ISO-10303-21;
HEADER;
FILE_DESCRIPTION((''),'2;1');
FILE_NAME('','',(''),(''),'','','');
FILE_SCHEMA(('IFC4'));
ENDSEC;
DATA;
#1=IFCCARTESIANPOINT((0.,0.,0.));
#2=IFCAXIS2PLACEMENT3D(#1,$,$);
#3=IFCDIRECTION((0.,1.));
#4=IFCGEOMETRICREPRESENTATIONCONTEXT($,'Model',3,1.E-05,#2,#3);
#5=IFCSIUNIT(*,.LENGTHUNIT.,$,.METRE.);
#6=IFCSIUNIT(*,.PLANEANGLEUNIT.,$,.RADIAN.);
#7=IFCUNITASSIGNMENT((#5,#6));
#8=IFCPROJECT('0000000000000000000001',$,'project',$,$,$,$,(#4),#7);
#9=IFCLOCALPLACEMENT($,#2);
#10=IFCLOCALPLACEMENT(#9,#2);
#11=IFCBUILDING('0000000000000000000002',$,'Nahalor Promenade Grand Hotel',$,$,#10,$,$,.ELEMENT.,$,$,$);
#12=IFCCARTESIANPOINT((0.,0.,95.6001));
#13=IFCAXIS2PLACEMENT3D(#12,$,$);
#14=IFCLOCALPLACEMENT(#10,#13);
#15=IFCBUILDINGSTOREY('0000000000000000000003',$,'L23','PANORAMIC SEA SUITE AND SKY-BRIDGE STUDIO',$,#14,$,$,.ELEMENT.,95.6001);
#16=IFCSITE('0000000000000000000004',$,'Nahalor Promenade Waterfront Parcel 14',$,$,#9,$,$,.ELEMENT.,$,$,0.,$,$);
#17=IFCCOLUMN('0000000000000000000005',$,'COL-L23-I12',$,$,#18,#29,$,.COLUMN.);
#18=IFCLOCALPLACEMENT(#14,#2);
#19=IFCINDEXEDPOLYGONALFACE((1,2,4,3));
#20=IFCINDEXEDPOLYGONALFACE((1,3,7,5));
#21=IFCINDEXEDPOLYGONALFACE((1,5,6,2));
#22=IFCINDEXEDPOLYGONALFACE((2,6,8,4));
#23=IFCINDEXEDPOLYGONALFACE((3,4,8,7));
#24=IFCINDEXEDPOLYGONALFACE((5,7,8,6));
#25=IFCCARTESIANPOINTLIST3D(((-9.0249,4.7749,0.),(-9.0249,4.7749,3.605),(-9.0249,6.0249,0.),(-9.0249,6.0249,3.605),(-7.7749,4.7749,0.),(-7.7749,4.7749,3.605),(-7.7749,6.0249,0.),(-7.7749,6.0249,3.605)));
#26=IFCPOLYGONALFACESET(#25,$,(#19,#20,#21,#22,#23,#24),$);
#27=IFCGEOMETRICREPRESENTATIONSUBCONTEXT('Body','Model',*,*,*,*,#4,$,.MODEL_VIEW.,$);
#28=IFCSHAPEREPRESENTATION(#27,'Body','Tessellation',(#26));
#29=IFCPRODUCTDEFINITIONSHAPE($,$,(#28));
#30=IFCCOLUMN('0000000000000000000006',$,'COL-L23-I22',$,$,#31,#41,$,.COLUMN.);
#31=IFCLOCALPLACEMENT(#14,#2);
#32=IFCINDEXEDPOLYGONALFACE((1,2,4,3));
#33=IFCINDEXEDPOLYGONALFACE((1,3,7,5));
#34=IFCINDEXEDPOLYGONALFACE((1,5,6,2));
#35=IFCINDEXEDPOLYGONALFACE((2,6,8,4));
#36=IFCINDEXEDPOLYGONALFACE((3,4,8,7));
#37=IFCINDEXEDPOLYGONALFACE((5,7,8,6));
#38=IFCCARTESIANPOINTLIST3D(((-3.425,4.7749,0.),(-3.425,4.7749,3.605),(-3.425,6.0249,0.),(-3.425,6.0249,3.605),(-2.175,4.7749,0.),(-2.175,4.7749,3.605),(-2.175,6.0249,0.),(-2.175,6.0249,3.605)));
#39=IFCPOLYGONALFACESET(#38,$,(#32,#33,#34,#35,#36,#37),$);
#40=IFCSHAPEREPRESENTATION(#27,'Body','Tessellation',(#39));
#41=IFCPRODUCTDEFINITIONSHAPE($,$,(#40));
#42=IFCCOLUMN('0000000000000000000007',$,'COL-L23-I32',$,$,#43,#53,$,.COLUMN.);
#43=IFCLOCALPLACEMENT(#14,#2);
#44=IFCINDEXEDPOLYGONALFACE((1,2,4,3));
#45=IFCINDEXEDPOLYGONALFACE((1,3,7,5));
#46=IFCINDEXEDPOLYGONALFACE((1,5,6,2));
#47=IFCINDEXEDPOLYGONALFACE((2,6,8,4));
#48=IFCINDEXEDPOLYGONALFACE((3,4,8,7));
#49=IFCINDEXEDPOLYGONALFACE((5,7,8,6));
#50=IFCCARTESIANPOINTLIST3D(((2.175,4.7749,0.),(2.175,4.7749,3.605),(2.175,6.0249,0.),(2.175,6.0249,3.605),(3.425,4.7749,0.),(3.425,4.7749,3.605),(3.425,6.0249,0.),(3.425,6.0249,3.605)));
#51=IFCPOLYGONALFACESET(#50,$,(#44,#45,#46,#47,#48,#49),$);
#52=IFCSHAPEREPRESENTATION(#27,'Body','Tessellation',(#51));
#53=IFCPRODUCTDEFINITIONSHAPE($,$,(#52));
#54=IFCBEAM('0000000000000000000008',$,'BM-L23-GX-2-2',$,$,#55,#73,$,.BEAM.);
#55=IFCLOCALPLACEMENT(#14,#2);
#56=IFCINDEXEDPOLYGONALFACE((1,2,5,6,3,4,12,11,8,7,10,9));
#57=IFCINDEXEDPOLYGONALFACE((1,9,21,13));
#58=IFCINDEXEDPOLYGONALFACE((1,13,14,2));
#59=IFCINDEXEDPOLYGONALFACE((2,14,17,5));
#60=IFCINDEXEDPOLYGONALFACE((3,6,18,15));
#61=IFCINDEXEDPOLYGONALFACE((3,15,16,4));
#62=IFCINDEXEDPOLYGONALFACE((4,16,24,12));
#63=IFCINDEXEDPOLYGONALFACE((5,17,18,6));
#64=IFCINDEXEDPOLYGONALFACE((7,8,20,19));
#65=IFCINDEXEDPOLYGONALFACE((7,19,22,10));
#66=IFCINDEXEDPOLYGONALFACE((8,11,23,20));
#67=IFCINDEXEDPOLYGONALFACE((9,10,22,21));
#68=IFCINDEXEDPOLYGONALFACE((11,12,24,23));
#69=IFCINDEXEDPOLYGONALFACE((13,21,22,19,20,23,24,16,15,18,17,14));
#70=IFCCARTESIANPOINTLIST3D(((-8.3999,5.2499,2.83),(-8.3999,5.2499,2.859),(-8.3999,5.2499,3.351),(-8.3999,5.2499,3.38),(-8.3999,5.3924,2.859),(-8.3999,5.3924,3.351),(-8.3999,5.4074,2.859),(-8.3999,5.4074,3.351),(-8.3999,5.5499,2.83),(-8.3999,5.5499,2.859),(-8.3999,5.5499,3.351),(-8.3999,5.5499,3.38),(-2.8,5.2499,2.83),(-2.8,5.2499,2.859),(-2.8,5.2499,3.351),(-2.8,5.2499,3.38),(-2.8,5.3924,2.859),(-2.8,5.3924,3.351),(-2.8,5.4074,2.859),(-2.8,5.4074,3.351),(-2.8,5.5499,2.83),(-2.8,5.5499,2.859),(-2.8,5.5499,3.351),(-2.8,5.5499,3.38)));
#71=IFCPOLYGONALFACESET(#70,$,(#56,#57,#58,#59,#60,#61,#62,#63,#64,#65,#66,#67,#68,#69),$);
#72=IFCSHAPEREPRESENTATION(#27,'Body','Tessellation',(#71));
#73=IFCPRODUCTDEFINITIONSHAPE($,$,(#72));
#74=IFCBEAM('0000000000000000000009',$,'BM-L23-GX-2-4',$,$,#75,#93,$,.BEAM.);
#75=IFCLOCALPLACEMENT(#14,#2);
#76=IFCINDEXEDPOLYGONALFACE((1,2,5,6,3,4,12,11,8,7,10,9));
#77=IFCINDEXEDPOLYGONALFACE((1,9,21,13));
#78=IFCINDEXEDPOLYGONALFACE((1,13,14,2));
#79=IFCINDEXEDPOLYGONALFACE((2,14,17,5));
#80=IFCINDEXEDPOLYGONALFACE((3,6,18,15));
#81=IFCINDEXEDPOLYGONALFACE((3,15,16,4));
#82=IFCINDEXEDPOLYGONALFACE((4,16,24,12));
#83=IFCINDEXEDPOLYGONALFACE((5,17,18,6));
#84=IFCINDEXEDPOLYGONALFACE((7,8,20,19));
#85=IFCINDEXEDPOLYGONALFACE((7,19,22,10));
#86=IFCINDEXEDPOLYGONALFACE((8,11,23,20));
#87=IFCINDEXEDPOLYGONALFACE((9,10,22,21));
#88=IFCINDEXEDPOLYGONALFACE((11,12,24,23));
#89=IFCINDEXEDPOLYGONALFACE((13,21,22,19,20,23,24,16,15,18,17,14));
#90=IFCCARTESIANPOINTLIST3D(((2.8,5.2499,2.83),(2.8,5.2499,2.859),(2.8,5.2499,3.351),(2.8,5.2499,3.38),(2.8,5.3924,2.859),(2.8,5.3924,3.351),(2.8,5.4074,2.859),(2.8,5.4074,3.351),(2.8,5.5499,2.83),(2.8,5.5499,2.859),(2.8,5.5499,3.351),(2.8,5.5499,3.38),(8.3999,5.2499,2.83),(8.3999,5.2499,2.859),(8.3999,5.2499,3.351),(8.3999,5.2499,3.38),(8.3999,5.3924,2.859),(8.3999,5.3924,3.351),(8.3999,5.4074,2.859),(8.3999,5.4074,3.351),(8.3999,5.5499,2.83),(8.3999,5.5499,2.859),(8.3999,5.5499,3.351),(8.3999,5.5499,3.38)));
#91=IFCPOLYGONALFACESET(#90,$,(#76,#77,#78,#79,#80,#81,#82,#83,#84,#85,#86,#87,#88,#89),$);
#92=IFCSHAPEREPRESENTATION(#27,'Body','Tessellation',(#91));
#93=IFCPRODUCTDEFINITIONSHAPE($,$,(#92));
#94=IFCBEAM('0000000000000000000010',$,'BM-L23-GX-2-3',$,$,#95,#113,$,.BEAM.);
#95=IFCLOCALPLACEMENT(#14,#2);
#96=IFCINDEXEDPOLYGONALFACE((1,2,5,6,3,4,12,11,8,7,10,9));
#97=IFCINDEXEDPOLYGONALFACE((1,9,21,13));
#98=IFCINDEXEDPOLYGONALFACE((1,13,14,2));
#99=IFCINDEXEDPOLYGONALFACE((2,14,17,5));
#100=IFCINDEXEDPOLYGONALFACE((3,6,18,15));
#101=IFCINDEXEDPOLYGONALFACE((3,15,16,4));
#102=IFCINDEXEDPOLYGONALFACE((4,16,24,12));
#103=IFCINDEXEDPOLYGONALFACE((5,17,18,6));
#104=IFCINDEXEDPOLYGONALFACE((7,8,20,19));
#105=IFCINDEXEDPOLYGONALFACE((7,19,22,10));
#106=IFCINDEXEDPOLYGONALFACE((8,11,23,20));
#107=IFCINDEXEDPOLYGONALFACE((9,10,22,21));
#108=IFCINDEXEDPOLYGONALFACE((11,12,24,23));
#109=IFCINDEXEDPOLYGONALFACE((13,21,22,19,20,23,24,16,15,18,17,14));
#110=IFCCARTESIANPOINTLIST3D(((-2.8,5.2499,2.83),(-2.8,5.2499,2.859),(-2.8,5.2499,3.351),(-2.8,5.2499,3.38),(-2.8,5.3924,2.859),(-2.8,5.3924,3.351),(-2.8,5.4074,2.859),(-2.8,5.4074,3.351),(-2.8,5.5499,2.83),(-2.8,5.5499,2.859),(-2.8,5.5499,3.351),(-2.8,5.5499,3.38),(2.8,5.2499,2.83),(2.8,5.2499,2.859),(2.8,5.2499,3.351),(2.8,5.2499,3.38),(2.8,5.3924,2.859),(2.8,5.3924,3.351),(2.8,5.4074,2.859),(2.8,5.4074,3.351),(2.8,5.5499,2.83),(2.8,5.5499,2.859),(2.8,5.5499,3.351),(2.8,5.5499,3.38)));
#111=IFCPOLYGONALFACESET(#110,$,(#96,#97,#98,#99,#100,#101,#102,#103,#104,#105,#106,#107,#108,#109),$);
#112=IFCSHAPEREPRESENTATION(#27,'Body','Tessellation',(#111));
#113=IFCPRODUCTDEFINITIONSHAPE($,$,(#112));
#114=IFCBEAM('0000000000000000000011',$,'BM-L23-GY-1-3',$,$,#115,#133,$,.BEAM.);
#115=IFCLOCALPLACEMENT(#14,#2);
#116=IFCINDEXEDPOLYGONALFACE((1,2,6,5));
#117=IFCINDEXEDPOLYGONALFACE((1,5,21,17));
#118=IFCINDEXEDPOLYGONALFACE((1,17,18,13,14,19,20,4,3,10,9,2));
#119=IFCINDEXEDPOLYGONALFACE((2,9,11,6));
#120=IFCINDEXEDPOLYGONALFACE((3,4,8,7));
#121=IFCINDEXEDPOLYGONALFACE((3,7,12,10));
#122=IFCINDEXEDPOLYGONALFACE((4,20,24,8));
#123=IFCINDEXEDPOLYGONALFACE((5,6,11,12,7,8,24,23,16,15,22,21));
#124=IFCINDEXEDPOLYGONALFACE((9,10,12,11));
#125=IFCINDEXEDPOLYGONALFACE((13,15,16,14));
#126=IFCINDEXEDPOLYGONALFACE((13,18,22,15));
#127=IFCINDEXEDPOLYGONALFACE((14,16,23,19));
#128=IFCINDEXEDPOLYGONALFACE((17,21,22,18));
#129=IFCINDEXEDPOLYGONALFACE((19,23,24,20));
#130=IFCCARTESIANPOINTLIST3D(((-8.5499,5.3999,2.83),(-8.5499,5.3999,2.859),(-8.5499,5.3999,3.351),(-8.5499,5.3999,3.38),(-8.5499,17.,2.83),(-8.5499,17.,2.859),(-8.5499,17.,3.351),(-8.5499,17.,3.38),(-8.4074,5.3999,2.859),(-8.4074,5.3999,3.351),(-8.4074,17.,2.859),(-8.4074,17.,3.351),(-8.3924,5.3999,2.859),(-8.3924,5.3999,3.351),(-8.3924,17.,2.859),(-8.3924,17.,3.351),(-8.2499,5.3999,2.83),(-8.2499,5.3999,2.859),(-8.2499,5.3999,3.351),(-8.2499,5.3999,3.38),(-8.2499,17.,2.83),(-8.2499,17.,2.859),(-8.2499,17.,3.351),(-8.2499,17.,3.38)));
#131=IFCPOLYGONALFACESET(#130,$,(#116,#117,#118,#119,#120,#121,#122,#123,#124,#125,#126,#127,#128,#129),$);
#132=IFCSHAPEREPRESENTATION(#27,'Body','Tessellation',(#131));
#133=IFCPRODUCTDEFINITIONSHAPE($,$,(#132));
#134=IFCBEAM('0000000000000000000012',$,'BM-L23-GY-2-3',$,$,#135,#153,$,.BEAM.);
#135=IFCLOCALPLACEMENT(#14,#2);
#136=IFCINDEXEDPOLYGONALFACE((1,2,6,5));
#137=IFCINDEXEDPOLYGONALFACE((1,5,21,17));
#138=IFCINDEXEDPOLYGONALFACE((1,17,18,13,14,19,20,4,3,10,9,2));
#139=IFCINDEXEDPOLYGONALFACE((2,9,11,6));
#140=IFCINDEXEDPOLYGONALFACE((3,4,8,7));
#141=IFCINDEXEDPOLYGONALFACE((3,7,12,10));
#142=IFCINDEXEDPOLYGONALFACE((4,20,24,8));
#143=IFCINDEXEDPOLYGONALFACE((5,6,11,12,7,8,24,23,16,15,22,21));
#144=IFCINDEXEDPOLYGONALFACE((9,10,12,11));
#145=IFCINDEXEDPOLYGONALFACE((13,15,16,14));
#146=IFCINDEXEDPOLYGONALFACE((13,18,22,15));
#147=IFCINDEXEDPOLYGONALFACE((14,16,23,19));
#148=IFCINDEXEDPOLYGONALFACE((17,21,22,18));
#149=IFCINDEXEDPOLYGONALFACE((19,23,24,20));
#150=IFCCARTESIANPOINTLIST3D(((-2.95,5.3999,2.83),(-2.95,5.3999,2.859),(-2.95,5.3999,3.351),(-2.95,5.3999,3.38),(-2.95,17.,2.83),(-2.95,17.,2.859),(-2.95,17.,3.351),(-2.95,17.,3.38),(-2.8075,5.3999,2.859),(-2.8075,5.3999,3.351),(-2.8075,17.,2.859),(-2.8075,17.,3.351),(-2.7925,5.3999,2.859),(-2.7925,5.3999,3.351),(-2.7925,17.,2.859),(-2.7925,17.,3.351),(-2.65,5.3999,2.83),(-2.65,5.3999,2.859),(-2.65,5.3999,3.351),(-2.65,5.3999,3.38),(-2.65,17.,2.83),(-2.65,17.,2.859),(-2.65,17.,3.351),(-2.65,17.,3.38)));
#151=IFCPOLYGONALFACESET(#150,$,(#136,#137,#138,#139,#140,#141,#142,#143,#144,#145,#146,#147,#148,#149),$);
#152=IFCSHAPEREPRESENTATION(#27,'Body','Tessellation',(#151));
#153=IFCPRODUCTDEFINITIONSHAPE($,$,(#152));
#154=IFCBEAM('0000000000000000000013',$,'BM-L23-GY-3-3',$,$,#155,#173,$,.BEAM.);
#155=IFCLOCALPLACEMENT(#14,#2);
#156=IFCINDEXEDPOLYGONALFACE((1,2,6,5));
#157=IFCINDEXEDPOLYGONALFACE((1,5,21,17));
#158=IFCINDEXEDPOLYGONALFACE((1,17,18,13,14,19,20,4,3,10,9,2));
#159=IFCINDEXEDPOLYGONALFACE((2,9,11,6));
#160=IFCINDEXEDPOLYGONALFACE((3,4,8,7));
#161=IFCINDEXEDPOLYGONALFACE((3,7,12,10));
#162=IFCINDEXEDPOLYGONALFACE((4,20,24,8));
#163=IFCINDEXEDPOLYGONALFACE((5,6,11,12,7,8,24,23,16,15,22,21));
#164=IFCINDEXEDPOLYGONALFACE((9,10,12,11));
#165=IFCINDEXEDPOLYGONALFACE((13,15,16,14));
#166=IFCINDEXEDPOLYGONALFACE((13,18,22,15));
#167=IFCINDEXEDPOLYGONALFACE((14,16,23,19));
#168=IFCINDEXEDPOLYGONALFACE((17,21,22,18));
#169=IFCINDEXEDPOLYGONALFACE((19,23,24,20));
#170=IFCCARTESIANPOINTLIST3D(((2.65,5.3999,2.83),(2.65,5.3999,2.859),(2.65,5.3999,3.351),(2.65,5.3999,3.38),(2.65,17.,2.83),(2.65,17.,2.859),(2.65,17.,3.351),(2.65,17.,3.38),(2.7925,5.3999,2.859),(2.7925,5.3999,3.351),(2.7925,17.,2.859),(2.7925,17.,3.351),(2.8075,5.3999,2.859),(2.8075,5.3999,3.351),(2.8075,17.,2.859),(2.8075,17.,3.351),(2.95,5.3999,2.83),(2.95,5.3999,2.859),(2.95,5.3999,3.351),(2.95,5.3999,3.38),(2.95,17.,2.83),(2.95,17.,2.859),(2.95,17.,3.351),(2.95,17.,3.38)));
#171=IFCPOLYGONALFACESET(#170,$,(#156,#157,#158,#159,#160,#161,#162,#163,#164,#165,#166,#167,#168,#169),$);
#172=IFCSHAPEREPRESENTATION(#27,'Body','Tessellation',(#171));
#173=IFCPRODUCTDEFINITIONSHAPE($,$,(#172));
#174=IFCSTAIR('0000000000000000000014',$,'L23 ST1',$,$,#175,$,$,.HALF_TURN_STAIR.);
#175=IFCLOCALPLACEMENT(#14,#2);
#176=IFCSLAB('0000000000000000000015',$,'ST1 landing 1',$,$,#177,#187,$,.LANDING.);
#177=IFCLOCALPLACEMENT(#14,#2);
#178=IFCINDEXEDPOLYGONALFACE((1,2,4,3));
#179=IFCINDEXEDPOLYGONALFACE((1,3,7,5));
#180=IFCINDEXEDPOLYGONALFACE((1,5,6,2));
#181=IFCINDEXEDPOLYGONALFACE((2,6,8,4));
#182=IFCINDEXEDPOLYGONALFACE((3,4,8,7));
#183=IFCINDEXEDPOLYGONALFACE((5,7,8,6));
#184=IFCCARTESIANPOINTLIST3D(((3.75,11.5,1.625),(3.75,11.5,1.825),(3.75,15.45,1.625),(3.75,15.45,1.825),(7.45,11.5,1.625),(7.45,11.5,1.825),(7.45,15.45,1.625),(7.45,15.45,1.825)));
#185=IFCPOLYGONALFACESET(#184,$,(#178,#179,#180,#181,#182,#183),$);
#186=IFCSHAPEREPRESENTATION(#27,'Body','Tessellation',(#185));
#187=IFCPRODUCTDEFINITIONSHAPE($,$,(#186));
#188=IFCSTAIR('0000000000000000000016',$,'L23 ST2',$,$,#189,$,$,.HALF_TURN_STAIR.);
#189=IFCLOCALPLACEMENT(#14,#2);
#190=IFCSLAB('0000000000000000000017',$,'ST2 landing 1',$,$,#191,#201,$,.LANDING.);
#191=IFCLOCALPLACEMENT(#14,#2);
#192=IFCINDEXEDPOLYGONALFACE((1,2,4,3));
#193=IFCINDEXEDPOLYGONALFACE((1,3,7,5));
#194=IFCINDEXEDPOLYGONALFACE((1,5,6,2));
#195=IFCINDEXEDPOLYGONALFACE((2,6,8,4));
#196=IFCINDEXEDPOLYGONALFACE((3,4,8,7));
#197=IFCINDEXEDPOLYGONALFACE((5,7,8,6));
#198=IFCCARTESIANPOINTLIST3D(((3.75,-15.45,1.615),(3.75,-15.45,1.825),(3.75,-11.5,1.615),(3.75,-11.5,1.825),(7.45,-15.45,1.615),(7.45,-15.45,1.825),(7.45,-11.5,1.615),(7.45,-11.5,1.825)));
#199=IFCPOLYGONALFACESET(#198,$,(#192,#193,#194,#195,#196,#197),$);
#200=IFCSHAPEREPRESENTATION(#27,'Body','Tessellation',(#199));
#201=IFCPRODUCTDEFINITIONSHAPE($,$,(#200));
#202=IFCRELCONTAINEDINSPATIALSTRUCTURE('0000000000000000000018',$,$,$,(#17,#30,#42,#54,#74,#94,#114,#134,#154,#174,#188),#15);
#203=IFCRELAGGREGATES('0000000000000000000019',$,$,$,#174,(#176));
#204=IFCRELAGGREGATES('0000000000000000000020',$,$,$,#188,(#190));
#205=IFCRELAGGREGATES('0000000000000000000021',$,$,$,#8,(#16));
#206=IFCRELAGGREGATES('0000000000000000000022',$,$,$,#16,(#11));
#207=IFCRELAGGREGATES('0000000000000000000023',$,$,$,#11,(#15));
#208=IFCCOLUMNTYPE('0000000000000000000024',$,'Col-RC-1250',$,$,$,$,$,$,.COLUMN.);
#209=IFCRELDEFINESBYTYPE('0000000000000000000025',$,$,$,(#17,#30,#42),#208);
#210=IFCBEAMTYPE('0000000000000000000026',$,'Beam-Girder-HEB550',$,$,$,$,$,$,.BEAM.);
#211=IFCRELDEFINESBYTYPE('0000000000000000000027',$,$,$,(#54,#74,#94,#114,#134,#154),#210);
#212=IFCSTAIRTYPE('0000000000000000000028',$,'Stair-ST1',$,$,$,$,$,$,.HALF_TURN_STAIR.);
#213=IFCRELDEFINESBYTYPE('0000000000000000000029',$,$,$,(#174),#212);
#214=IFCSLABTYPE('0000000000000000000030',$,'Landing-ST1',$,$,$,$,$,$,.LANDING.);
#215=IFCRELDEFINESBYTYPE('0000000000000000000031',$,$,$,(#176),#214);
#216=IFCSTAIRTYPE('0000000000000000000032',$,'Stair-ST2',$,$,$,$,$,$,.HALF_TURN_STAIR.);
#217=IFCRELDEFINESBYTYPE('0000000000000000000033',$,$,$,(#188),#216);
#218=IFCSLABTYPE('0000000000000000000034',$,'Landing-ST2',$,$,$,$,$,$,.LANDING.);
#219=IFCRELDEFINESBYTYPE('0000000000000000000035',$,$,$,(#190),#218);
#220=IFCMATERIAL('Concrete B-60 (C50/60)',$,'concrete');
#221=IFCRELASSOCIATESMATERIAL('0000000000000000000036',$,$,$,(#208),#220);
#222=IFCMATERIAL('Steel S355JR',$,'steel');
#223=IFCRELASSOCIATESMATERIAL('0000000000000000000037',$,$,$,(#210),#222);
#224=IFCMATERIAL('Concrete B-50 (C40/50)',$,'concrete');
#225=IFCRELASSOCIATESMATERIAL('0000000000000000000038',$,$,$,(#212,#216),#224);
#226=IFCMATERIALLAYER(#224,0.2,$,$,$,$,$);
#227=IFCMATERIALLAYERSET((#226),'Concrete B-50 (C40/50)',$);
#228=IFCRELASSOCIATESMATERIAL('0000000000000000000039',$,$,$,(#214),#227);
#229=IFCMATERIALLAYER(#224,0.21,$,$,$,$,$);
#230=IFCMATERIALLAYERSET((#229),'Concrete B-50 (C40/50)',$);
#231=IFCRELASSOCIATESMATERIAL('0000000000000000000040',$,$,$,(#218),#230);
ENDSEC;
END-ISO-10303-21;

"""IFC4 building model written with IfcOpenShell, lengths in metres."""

from ifc_helpers import new_model, si_unit, direction, frame, origin, origin_2d, place, context, subcontext, project, spatial, polyline, rectangle, i_section, outline, extrude, source, transform, mapped, material, layer, layer_set, material_profile, profile_set, type_object, element, aggregate, save


model = new_model("IFC4")

# Units and contexts
model_context = context("Model", 3, precision=1e-05, world=origin(), true_north=direction((0.0, 1.0)))
body_context = subcontext(model_context, "Body", "Model", "MODEL_VIEW")
ifc_project = project(units=[si_unit("LENGTHUNIT", "METRE"), si_unit("PLANEANGLEUNIT", "RADIAN")], contexts=[model_context])

# Site, building, storey
site_placement = place(None, origin())
site = spatial("IfcSite", under=ifc_project, at=site_placement, Name="Nahalor Promenade Waterfront Parcel 14", CompositionType="ELEMENT", RefElevation=0.0)
building_placement = place(site_placement, origin())
building = spatial("IfcBuilding", under=site, at=building_placement, Name="Nahalor Promenade Grand Hotel", CompositionType="ELEMENT")
storey_placement = place(building_placement, frame((0.0, 0.0, 95.6001)))
storey = spatial("IfcBuildingStorey", under=building, at=storey_placement, Name="L23", Description="PANORAMIC SEA SUITE AND SKY-BRIDGE STUDIO", CompositionType="ELEMENT", Elevation=95.6001)

# Columns
ifc_material_1 = material(Name="Concrete B-60 (C50/60)", Category="concrete")
ifc_material_profile_1 = material_profile(ifc_material_1, rectangle(XDim=1.25, YDim=1.25, at=origin_2d()), Name="RC 1250x1250")
ifc_profile_set_1 = profile_set([ifc_material_profile_1], Name="Concrete B-60 (C50/60)")
column_type = type_object("IfcColumnType", Name="Col-RC-1250", PredefinedType="COLUMN", material=ifc_profile_set_1)
shared_shape_1 = source(origin(), body_context, "Body", "SweptSolid", [
    extrude(rectangle(XDim=1.25, YDim=1.25, at=origin_2d()), origin(), (0.0, 0.0, 1.0), 3.605),
])
for number, where, z_axis, x_axis, name in (
    (1, (-8.3999, 5.3999, 0.0), (0.0, 0.0, 1.0), (1.0, 0.0, 0.0), "COL-L23-I12"),
    (2, (-2.8, 5.3999, 0.0), (0.0, 0.0, 1.0), (1.0, 0.0, 0.0), "COL-L23-I22"),
    (3, (2.8, 5.3999, 0.0), (0.0, 0.0, 1.0), (1.0, 0.0, 0.0), "COL-L23-I32"),
):
    element("IfcColumn", number, at=place(storey_placement, frame(where, z_axis=z_axis, x_axis=x_axis)), inside=storey, type_object=column_type, Name=name, PredefinedType="COLUMN", context=body_context, shape_type="MappedRepresentation", body=[
        mapped(shared_shape_1, transform((0.0, 0.0, 0.0), scale=1.0)),
    ])

# Beams
ifc_material_2 = material(Name="Steel S355JR", Category="steel")
ifc_material_profile_2 = material_profile(ifc_material_2, i_section(OverallWidth=0.3, OverallDepth=0.55, WebThickness=0.015, FlangeThickness=0.029, at=origin_2d()), Name="HEB 550")
ifc_profile_set_2 = profile_set([ifc_material_profile_2], Name="Steel S355JR")
beam_type = type_object("IfcBeamType", Name="Beam-Girder-HEB550", PredefinedType="BEAM", material=ifc_profile_set_2)
shared_shape_2 = source(origin(), body_context, "Body", "SweptSolid", [
    extrude(i_section(OverallWidth=0.3, OverallDepth=0.55, WebThickness=0.015, FlangeThickness=0.029, at=origin_2d()), origin(), (0.0, 0.0, 1.0), 5.5999),
])
for number, where, z_axis, x_axis, name in (
    (4, (-8.3999, 5.3999, 3.105), (1.0, 0.0, 0.0), (0.0, 1.0, 0.0), "BM-L23-GX-2-2"),
    (5, (2.8, 5.3999, 3.105), (1.0, 0.0, 0.0), (0.0, 1.0, 0.0), "BM-L23-GX-2-4"),
):
    element("IfcBeam", number, at=place(storey_placement, frame(where, z_axis=z_axis, x_axis=x_axis)), inside=storey, type_object=beam_type, Name=name, PredefinedType="BEAM", context=body_context, shape_type="MappedRepresentation", body=[
        mapped(shared_shape_2, transform((0.0, 0.0, 0.0), scale=1.0)),
    ])
shared_shape_3 = source(origin(), body_context, "Body", "SweptSolid", [
    extrude(i_section(OverallWidth=0.3, OverallDepth=0.55, WebThickness=0.015, FlangeThickness=0.029, at=origin_2d()), origin(), (0.0, 0.0, 1.0), 5.6001),
])
beam_placement = place(storey_placement, frame((-2.8, 5.3999, 3.105), z_axis=(1.0, 0.0, 0.0), x_axis=(0.0, 1.0, 0.0)))
element("IfcBeam", 6, at=beam_placement, inside=storey, type_object=beam_type, Name="BM-L23-GX-2-3", PredefinedType="BEAM", context=body_context, shape_type="MappedRepresentation", body=[
    mapped(shared_shape_3, transform((0.0, 0.0, 0.0), scale=1.0)),
])
shared_shape_4 = source(origin(), body_context, "Body", "SweptSolid", [
    extrude(i_section(OverallWidth=0.3, OverallDepth=0.55, WebThickness=0.015, FlangeThickness=0.029, at=origin_2d()), origin(), (0.0, 0.0, 1.0), 11.6001),
])
for number, where, z_axis, x_axis, name in (
    (7, (-8.3999, 5.3999, 3.105), (0.0, 1.0, 0.0), (-1.0, 0.0, 0.0), "BM-L23-GY-1-3"),
    (8, (-2.8, 5.3999, 3.105), (0.0, 1.0, 0.0), (-1.0, 0.0, 0.0), "BM-L23-GY-2-3"),
    (9, (2.8, 5.3999, 3.105), (0.0, 1.0, 0.0), (-1.0, 0.0, 0.0), "BM-L23-GY-3-3"),
):
    element("IfcBeam", number, at=place(storey_placement, frame(where, z_axis=z_axis, x_axis=x_axis)), inside=storey, type_object=beam_type, Name=name, PredefinedType="BEAM", context=body_context, shape_type="MappedRepresentation", body=[
        mapped(shared_shape_4, transform((0.0, 0.0, 0.0), scale=1.0)),
    ])

# Stairs, slabs
ifc_material_3 = material(Name="Concrete B-50 (C40/50)", Category="concrete")
stair_type_1 = type_object("IfcStairType", Name="Stair-ST1", PredefinedType="HALF_TURN_STAIR", material=ifc_material_3)
stair_1_placement = place(storey_placement, origin())
stair_1 = element("IfcStair", 10, at=stair_1_placement, inside=storey, type_object=stair_type_1, Name="L23 ST1", PredefinedType="HALF_TURN_STAIR")
ifc_layer_1 = layer(ifc_material_3, 0.2)
ifc_layer_set_1 = layer_set([ifc_layer_1], Name="Concrete B-50 (C40/50)")
slab_type_1 = type_object("IfcSlabType", Name="Landing-ST1", PredefinedType="LANDING", material=ifc_layer_set_1)
slab_1_placement = place(storey_placement, frame((0.0, 0.0, 1.625)))
slab_1 = element("IfcSlab", 11, at=slab_1_placement, type_object=slab_type_1, Name="ST1 landing 1", PredefinedType="LANDING", context=body_context, shape_type="SweptSolid", body=[
    extrude(outline(polyline([(7.45, 11.5), (7.45, 15.45), (3.75, 15.45), (3.75, 11.5), (7.45, 11.5)])), origin(), (0.0, 0.0, 1.0), 0.2),
])
aggregate(stair_1, [slab_1])
stair_type_2 = type_object("IfcStairType", Name="Stair-ST2", PredefinedType="HALF_TURN_STAIR", material=ifc_material_3)
stair_2_placement = place(storey_placement, origin())
stair_2 = element("IfcStair", 12, at=stair_2_placement, inside=storey, type_object=stair_type_2, Name="L23 ST2", PredefinedType="HALF_TURN_STAIR")
ifc_layer_2 = layer(ifc_material_3, 0.21)
ifc_layer_set_2 = layer_set([ifc_layer_2], Name="Concrete B-50 (C40/50)")
slab_type_2 = type_object("IfcSlabType", Name="Landing-ST2", PredefinedType="LANDING", material=ifc_layer_set_2)
slab_2_placement = place(storey_placement, frame((0.0, 0.0, 1.615)))
slab_2 = element("IfcSlab", 13, at=slab_2_placement, type_object=slab_type_2, Name="ST2 landing 1", PredefinedType="LANDING", context=body_context, shape_type="SweptSolid", body=[
    extrude(outline(polyline([(3.75, -11.5), (3.75, -15.45), (7.45, -15.45), (7.45, -11.5), (3.75, -11.5)])), origin(), (0.0, 0.0, 1.0), 0.21),
])
aggregate(stair_2, [slab_2])

save(model, "model.ifc")
